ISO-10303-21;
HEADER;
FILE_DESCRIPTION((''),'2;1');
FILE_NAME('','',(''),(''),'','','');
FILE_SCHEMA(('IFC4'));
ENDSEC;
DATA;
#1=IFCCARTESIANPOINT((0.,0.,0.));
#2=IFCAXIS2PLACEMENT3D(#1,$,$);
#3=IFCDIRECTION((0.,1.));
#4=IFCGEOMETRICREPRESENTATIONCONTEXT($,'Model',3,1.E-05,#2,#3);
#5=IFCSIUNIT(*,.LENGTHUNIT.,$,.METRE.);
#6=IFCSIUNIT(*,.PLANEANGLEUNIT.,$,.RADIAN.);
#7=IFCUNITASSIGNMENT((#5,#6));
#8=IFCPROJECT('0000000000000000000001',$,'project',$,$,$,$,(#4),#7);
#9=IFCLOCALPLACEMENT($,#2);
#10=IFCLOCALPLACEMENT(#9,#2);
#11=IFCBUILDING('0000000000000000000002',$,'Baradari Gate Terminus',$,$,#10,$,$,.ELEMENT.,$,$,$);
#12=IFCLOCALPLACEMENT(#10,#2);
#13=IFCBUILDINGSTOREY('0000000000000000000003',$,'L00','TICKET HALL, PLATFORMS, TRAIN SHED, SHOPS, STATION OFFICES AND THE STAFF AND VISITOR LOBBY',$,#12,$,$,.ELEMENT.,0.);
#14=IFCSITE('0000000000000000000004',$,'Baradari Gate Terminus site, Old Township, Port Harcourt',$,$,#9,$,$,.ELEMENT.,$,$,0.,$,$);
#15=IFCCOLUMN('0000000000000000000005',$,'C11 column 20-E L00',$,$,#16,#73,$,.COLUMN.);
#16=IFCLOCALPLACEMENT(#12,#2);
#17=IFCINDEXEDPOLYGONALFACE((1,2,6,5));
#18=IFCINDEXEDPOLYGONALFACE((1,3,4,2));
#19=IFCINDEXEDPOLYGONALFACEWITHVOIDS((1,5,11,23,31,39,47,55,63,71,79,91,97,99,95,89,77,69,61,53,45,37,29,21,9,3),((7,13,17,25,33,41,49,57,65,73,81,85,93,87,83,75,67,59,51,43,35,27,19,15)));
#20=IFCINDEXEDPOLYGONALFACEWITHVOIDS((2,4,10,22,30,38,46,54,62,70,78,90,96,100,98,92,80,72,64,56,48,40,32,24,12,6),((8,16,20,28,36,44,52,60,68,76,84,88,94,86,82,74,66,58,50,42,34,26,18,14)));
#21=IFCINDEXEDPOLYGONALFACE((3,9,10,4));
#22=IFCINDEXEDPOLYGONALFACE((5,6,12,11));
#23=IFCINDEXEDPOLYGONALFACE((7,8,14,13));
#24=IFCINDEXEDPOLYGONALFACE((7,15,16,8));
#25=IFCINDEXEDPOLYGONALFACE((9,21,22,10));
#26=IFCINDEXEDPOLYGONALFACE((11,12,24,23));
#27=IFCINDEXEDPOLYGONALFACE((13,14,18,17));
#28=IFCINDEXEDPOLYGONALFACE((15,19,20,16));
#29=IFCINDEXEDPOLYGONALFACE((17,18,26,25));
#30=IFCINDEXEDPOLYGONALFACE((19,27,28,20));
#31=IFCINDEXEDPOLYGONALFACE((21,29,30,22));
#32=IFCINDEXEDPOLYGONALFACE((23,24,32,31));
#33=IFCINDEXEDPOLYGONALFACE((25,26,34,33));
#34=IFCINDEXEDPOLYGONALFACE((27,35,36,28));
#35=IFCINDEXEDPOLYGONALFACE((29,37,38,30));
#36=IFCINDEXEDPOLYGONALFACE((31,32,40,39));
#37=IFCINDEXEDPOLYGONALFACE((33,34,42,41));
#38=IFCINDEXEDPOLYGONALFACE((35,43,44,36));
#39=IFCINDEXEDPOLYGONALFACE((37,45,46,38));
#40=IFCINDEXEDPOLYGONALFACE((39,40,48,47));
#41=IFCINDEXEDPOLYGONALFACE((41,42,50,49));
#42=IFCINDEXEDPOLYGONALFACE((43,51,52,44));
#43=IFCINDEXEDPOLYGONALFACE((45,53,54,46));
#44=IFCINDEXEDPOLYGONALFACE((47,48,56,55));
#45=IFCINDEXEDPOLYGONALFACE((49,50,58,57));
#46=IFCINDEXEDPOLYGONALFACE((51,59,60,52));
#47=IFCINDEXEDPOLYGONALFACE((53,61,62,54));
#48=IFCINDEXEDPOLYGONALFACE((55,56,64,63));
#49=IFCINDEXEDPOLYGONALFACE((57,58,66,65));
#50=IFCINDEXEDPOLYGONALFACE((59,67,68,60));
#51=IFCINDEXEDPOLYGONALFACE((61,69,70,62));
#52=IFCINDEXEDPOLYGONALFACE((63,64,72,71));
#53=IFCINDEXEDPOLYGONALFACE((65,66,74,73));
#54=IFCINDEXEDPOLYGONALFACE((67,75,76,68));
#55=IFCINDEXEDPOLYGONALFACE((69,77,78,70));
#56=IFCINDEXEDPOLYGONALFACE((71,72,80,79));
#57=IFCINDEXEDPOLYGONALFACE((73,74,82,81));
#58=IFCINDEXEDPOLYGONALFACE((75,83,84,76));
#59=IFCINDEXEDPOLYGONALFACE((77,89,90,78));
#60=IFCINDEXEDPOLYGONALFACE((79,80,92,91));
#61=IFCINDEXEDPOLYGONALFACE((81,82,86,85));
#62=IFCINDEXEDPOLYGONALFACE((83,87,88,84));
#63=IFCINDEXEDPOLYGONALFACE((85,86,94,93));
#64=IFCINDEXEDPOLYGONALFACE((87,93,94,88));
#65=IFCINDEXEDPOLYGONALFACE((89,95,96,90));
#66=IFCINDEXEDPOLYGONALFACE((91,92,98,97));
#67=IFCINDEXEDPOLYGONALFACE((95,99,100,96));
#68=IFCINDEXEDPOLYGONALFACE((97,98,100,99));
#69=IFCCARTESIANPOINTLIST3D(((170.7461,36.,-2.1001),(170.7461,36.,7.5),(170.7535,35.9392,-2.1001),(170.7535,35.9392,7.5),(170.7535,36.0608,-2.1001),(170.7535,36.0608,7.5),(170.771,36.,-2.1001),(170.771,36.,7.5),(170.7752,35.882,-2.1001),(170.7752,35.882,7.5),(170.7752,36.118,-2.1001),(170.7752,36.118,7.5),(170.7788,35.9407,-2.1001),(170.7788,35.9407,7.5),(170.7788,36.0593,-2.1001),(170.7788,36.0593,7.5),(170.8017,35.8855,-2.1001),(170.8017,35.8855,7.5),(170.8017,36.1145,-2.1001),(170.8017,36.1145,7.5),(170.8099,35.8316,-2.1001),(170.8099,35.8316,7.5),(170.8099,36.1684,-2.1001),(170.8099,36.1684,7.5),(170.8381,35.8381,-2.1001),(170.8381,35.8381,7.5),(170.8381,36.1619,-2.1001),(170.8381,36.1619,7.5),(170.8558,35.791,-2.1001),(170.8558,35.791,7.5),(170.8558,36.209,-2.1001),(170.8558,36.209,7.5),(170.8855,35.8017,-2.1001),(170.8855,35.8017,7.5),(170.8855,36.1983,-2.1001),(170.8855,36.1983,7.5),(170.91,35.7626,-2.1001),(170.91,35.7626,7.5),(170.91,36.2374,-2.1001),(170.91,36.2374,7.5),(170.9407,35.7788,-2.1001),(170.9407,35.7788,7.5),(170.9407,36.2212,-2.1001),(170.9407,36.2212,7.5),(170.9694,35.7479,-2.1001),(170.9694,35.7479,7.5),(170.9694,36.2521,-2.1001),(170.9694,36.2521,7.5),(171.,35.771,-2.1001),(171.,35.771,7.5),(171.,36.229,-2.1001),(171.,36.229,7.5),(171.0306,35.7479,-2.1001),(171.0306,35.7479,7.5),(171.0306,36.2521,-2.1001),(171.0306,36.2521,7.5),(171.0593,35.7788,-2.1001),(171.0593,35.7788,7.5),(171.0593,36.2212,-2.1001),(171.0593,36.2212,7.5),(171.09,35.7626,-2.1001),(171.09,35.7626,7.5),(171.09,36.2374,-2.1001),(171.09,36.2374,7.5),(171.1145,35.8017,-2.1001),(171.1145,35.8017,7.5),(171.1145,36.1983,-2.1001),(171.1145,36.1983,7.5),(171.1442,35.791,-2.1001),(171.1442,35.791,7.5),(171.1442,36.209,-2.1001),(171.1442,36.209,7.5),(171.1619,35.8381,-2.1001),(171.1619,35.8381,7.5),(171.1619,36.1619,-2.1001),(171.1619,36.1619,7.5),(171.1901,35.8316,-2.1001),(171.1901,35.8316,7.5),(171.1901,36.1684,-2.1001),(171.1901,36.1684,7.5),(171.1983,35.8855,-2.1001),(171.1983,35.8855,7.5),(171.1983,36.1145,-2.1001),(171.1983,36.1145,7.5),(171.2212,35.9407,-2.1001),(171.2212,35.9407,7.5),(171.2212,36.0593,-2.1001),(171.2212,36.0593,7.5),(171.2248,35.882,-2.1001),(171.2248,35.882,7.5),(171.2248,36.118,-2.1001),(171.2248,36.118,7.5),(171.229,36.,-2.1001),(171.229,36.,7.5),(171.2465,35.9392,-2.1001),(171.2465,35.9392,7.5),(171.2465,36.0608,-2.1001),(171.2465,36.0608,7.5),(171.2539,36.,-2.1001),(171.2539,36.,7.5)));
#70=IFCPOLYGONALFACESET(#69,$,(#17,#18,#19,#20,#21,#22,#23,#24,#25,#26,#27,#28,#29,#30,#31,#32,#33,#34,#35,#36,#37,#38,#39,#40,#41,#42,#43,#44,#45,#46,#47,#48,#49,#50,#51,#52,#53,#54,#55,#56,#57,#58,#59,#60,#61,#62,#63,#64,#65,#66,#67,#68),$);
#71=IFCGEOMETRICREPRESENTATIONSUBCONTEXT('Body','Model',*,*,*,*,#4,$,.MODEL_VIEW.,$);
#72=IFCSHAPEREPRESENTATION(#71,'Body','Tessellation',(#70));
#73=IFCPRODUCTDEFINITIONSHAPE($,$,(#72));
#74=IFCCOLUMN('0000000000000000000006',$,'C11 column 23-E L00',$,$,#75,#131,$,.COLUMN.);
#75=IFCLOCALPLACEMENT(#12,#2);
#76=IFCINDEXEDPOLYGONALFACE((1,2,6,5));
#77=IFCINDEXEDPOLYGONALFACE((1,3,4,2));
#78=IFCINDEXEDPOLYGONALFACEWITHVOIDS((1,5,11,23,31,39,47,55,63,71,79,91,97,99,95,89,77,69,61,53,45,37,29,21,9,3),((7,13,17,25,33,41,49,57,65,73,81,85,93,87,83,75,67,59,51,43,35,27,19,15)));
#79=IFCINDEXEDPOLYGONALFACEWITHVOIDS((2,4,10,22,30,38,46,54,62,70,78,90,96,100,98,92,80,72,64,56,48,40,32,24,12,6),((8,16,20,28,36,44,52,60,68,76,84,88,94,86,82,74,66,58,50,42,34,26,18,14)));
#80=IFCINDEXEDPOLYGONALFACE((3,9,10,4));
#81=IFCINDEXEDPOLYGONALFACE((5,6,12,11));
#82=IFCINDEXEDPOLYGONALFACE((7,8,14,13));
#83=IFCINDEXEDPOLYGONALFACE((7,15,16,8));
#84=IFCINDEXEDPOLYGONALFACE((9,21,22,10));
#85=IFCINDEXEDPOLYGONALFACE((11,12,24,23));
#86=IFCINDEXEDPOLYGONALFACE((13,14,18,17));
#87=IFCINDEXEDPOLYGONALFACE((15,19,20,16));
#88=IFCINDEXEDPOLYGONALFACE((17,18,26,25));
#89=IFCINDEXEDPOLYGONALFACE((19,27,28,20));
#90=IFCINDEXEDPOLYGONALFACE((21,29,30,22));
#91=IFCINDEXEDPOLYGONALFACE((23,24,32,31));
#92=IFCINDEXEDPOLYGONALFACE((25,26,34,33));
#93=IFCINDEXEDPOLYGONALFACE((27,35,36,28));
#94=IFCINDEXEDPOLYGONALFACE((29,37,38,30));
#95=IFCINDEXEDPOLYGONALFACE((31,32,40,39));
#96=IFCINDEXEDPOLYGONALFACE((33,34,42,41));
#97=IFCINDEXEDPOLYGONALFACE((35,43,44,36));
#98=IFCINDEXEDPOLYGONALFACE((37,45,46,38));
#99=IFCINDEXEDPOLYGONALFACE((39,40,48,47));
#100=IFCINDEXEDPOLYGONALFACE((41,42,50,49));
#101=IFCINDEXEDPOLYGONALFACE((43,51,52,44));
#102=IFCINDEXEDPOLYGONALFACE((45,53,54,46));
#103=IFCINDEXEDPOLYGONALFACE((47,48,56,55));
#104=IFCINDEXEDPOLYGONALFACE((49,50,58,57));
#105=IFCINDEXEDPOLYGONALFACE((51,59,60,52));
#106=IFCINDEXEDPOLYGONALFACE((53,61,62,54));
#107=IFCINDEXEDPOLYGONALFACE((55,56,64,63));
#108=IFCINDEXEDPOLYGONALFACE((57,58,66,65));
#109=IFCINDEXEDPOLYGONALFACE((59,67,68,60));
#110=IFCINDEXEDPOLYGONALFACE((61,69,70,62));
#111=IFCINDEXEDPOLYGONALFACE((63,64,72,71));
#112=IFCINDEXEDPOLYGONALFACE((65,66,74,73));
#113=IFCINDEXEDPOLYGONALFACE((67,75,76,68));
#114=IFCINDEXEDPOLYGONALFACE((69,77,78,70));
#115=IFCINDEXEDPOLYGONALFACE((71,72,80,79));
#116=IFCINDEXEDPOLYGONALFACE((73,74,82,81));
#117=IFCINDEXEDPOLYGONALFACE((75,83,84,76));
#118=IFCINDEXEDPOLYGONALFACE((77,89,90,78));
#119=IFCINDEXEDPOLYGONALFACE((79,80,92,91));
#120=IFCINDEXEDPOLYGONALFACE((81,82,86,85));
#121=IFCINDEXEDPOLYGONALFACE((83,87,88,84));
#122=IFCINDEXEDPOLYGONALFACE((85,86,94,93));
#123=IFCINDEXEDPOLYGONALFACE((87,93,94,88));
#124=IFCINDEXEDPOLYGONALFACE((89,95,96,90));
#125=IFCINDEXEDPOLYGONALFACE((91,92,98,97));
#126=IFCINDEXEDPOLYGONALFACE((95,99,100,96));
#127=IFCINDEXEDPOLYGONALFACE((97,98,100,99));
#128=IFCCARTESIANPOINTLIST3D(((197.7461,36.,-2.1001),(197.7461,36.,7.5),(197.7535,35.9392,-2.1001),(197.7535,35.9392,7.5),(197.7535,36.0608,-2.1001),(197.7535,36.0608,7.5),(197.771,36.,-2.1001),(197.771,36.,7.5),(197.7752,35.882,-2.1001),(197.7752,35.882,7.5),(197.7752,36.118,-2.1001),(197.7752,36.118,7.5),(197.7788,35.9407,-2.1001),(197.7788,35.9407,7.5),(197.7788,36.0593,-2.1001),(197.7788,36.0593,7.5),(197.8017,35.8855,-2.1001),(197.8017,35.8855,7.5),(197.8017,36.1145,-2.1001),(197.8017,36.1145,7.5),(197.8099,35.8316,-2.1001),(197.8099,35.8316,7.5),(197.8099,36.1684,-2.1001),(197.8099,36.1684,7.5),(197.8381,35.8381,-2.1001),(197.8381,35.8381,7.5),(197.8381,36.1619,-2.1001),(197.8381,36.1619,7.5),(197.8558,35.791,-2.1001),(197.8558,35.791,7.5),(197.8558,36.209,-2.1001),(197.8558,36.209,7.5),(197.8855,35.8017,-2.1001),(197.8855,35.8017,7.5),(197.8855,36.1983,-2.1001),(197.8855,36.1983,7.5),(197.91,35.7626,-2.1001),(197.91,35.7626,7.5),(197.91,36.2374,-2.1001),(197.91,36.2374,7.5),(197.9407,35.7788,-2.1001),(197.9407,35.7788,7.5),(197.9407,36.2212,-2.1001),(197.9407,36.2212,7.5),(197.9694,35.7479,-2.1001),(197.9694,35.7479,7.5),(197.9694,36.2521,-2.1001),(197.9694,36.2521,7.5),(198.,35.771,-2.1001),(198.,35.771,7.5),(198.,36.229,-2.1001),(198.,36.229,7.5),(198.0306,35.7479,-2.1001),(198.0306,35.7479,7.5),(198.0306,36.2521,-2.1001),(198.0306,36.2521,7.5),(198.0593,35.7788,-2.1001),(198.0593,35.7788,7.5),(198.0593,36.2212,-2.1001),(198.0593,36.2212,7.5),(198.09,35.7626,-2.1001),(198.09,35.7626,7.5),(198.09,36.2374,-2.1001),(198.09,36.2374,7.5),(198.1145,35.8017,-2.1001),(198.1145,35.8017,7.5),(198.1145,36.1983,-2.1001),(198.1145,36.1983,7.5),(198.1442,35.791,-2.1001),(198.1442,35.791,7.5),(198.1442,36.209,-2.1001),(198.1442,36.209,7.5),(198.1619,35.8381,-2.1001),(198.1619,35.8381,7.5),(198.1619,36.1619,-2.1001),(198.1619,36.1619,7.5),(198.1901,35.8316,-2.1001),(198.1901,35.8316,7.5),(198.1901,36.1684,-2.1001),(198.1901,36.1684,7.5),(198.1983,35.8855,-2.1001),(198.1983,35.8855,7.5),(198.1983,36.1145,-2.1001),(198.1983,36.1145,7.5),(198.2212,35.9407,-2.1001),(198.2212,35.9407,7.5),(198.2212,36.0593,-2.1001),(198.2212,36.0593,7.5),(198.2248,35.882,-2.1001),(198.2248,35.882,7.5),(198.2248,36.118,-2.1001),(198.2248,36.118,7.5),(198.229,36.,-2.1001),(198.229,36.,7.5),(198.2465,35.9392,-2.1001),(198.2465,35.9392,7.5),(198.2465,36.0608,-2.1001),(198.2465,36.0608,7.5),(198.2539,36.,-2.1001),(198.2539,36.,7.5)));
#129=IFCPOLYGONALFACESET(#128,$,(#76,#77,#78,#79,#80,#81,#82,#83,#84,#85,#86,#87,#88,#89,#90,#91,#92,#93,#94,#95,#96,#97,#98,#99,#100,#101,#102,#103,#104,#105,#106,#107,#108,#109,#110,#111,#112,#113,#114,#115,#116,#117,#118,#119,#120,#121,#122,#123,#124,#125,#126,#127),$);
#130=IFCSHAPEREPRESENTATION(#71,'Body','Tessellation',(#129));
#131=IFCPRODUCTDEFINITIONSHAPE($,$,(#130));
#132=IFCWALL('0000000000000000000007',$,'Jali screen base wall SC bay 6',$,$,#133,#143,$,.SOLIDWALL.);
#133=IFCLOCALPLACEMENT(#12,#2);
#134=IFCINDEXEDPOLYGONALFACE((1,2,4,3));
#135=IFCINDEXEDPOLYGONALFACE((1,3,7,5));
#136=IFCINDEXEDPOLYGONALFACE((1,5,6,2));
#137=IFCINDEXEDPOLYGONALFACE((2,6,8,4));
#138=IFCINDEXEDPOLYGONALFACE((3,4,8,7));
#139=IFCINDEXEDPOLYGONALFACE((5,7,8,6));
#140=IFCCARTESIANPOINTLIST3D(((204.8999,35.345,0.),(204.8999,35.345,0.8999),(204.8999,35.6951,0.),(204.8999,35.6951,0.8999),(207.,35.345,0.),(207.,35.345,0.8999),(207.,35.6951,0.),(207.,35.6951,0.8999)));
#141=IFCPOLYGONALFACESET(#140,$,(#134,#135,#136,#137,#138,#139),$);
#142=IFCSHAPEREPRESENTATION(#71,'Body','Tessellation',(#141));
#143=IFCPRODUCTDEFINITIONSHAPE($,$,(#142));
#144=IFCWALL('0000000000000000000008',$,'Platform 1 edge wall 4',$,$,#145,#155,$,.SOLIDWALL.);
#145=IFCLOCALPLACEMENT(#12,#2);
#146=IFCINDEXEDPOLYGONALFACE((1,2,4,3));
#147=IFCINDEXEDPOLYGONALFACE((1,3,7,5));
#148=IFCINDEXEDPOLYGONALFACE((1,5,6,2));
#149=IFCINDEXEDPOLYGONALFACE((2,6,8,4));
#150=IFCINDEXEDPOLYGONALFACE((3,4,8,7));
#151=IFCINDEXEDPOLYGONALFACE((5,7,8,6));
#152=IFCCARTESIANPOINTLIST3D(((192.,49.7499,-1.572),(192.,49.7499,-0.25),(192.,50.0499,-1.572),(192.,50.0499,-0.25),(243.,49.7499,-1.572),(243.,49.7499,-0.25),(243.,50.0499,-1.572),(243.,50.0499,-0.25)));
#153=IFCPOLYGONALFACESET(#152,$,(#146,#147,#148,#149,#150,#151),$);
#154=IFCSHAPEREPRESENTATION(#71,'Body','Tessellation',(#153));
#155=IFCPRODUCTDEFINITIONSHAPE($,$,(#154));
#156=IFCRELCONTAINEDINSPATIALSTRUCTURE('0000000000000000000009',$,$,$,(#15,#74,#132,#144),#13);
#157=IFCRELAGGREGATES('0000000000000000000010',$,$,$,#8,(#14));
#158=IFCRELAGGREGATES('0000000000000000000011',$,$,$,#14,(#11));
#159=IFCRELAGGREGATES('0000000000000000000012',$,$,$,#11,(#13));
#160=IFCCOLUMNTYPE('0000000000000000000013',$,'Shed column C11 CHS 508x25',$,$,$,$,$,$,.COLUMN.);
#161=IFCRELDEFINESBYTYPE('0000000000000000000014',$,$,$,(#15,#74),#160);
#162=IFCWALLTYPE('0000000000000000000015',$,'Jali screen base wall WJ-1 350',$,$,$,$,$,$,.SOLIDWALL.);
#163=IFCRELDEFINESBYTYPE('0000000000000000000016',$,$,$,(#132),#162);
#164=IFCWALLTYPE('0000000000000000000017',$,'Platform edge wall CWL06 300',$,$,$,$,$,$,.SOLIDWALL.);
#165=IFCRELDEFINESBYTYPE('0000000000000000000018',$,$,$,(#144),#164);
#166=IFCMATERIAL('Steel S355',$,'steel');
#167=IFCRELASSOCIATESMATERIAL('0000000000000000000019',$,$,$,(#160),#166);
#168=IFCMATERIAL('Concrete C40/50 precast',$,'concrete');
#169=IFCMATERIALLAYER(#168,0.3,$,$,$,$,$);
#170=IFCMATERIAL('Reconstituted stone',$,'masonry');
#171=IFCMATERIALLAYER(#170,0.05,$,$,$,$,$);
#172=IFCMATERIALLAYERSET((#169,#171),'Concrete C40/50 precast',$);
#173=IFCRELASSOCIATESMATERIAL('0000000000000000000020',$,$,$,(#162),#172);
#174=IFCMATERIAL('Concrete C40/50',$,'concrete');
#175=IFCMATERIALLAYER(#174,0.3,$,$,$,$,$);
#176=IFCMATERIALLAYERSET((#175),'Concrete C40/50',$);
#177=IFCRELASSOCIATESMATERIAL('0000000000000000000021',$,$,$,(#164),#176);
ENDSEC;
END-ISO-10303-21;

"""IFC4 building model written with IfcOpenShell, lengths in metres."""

from ifc_helpers import new_model, si_unit, direction, frame, frame_2d, origin, origin_2d, place, context, subcontext, project, spatial, rectangle, hollow_circle, extrude, material, layer, layer_set, material_profile, profile_set, type_object, element, save


model = new_model("IFC4")

# Units and contexts
model_context = context("Model", 3, precision=1e-05, world=origin(), true_north=direction((0.0, 1.0)))
body_context = subcontext(model_context, "Body", "Model", "MODEL_VIEW")
ifc_project = project(units=[si_unit("LENGTHUNIT", "METRE"), si_unit("PLANEANGLEUNIT", "RADIAN")], contexts=[model_context])

# Site, building, storey
site_placement = place(None, origin())
site = spatial("IfcSite", under=ifc_project, at=site_placement, Name="Baradari Gate Terminus site, Old Township, Port Harcourt", CompositionType="ELEMENT", RefElevation=0.0)
building_placement = place(site_placement, origin())
building = spatial("IfcBuilding", under=site, at=building_placement, Name="Baradari Gate Terminus", CompositionType="ELEMENT")
storey_placement = place(building_placement, origin())
storey = spatial("IfcBuildingStorey", under=building, at=storey_placement, Name="L00", Description="TICKET HALL, PLATFORMS, TRAIN SHED, SHOPS, STATION OFFICES AND THE STAFF AND VISITOR LOBBY", CompositionType="ELEMENT", Elevation=0.0)

# Columns
ifc_material_1 = material(Name="Steel S355", Category="steel")
ifc_material_profile_1 = material_profile(ifc_material_1, hollow_circle(Radius=0.2539, WallThickness=0.0249, at=origin_2d()), Name="CHS 508x25")
ifc_profile_set_1 = profile_set([ifc_material_profile_1], Name="Steel S355")
column_type_1 = type_object("IfcColumnType", Name="Shed column C11 CHS 508x25", PredefinedType="COLUMN", material=ifc_profile_set_1)
for number, where, z_axis, x_axis, name in (
    (1, (171.0, 36.0, -2.1001), (0.0, 0.0, 1.0), (1.0, 0.0, 0.0), "C11 column 20-E L00"),
    (2, (198.0, 36.0, -2.1001), (0.0, 0.0, 1.0), (1.0, 0.0, 0.0), "C11 column 23-E L00"),
):
    element("IfcColumn", number, at=place(storey_placement, frame(where, z_axis=z_axis, x_axis=x_axis)), inside=storey, type_object=column_type_1, Name=name, PredefinedType="COLUMN", context=body_context, shape_type="SweptSolid", body=[
        extrude(hollow_circle(Radius=0.2539, WallThickness=0.0249, at=origin_2d()), origin(), (0.0, 0.0, 1.0), 9.6001),
    ])

# Walls
ifc_material_2 = material(Name="Concrete C40/50 precast", Category="concrete")
ifc_layer_1 = layer(ifc_material_2, 0.3)
ifc_material_3 = material(Name="Reconstituted stone", Category="masonry")
ifc_layer_2 = layer(ifc_material_3, 0.05)
ifc_layer_set_1 = layer_set([ifc_layer_1, ifc_layer_2], Name="Concrete C40/50 precast")
wall_type_1 = type_object("IfcWallType", Name="Jali screen base wall WJ-1 350", PredefinedType="SOLIDWALL", material=ifc_layer_set_1)
wall_1_placement = place(storey_placement, frame((204.8999, 35.52, 0.0), z_axis=(0.0, 0.0, 1.0), x_axis=(1.0, 0.0, 0.0)))
element("IfcWall", 3, at=wall_1_placement, inside=storey, type_object=wall_type_1, Name="Jali screen base wall SC bay 6", PredefinedType="SOLIDWALL", context=body_context, shape_type="SweptSolid", body=[
    extrude(rectangle(XDim=2.1001, YDim=0.3501, at=frame_2d((1.05, 0.0))), origin(), (0.0, 0.0, 1.0), 0.8999),
])
ifc_material_4 = material(Name="Concrete C40/50", Category="concrete")
ifc_layer_3 = layer(ifc_material_4, 0.3)
ifc_layer_set_2 = layer_set([ifc_layer_3], Name="Concrete C40/50")
wall_type_2 = type_object("IfcWallType", Name="Platform edge wall CWL06 300", PredefinedType="SOLIDWALL", material=ifc_layer_set_2)
wall_2_placement = place(storey_placement, frame((192.0, 49.8999, -1.572), z_axis=(0.0, 0.0, 1.0), x_axis=(1.0, 0.0, 0.0)))
element("IfcWall", 4, at=wall_2_placement, inside=storey, type_object=wall_type_2, Name="Platform 1 edge wall 4", PredefinedType="SOLIDWALL", context=body_context, shape_type="SweptSolid", body=[
    extrude(rectangle(XDim=51.0, YDim=0.3, at=frame_2d((25.5, 0.0))), origin(), (0.0, 0.0, 1.0), 1.322),
])

save(model, "model.ifc")
